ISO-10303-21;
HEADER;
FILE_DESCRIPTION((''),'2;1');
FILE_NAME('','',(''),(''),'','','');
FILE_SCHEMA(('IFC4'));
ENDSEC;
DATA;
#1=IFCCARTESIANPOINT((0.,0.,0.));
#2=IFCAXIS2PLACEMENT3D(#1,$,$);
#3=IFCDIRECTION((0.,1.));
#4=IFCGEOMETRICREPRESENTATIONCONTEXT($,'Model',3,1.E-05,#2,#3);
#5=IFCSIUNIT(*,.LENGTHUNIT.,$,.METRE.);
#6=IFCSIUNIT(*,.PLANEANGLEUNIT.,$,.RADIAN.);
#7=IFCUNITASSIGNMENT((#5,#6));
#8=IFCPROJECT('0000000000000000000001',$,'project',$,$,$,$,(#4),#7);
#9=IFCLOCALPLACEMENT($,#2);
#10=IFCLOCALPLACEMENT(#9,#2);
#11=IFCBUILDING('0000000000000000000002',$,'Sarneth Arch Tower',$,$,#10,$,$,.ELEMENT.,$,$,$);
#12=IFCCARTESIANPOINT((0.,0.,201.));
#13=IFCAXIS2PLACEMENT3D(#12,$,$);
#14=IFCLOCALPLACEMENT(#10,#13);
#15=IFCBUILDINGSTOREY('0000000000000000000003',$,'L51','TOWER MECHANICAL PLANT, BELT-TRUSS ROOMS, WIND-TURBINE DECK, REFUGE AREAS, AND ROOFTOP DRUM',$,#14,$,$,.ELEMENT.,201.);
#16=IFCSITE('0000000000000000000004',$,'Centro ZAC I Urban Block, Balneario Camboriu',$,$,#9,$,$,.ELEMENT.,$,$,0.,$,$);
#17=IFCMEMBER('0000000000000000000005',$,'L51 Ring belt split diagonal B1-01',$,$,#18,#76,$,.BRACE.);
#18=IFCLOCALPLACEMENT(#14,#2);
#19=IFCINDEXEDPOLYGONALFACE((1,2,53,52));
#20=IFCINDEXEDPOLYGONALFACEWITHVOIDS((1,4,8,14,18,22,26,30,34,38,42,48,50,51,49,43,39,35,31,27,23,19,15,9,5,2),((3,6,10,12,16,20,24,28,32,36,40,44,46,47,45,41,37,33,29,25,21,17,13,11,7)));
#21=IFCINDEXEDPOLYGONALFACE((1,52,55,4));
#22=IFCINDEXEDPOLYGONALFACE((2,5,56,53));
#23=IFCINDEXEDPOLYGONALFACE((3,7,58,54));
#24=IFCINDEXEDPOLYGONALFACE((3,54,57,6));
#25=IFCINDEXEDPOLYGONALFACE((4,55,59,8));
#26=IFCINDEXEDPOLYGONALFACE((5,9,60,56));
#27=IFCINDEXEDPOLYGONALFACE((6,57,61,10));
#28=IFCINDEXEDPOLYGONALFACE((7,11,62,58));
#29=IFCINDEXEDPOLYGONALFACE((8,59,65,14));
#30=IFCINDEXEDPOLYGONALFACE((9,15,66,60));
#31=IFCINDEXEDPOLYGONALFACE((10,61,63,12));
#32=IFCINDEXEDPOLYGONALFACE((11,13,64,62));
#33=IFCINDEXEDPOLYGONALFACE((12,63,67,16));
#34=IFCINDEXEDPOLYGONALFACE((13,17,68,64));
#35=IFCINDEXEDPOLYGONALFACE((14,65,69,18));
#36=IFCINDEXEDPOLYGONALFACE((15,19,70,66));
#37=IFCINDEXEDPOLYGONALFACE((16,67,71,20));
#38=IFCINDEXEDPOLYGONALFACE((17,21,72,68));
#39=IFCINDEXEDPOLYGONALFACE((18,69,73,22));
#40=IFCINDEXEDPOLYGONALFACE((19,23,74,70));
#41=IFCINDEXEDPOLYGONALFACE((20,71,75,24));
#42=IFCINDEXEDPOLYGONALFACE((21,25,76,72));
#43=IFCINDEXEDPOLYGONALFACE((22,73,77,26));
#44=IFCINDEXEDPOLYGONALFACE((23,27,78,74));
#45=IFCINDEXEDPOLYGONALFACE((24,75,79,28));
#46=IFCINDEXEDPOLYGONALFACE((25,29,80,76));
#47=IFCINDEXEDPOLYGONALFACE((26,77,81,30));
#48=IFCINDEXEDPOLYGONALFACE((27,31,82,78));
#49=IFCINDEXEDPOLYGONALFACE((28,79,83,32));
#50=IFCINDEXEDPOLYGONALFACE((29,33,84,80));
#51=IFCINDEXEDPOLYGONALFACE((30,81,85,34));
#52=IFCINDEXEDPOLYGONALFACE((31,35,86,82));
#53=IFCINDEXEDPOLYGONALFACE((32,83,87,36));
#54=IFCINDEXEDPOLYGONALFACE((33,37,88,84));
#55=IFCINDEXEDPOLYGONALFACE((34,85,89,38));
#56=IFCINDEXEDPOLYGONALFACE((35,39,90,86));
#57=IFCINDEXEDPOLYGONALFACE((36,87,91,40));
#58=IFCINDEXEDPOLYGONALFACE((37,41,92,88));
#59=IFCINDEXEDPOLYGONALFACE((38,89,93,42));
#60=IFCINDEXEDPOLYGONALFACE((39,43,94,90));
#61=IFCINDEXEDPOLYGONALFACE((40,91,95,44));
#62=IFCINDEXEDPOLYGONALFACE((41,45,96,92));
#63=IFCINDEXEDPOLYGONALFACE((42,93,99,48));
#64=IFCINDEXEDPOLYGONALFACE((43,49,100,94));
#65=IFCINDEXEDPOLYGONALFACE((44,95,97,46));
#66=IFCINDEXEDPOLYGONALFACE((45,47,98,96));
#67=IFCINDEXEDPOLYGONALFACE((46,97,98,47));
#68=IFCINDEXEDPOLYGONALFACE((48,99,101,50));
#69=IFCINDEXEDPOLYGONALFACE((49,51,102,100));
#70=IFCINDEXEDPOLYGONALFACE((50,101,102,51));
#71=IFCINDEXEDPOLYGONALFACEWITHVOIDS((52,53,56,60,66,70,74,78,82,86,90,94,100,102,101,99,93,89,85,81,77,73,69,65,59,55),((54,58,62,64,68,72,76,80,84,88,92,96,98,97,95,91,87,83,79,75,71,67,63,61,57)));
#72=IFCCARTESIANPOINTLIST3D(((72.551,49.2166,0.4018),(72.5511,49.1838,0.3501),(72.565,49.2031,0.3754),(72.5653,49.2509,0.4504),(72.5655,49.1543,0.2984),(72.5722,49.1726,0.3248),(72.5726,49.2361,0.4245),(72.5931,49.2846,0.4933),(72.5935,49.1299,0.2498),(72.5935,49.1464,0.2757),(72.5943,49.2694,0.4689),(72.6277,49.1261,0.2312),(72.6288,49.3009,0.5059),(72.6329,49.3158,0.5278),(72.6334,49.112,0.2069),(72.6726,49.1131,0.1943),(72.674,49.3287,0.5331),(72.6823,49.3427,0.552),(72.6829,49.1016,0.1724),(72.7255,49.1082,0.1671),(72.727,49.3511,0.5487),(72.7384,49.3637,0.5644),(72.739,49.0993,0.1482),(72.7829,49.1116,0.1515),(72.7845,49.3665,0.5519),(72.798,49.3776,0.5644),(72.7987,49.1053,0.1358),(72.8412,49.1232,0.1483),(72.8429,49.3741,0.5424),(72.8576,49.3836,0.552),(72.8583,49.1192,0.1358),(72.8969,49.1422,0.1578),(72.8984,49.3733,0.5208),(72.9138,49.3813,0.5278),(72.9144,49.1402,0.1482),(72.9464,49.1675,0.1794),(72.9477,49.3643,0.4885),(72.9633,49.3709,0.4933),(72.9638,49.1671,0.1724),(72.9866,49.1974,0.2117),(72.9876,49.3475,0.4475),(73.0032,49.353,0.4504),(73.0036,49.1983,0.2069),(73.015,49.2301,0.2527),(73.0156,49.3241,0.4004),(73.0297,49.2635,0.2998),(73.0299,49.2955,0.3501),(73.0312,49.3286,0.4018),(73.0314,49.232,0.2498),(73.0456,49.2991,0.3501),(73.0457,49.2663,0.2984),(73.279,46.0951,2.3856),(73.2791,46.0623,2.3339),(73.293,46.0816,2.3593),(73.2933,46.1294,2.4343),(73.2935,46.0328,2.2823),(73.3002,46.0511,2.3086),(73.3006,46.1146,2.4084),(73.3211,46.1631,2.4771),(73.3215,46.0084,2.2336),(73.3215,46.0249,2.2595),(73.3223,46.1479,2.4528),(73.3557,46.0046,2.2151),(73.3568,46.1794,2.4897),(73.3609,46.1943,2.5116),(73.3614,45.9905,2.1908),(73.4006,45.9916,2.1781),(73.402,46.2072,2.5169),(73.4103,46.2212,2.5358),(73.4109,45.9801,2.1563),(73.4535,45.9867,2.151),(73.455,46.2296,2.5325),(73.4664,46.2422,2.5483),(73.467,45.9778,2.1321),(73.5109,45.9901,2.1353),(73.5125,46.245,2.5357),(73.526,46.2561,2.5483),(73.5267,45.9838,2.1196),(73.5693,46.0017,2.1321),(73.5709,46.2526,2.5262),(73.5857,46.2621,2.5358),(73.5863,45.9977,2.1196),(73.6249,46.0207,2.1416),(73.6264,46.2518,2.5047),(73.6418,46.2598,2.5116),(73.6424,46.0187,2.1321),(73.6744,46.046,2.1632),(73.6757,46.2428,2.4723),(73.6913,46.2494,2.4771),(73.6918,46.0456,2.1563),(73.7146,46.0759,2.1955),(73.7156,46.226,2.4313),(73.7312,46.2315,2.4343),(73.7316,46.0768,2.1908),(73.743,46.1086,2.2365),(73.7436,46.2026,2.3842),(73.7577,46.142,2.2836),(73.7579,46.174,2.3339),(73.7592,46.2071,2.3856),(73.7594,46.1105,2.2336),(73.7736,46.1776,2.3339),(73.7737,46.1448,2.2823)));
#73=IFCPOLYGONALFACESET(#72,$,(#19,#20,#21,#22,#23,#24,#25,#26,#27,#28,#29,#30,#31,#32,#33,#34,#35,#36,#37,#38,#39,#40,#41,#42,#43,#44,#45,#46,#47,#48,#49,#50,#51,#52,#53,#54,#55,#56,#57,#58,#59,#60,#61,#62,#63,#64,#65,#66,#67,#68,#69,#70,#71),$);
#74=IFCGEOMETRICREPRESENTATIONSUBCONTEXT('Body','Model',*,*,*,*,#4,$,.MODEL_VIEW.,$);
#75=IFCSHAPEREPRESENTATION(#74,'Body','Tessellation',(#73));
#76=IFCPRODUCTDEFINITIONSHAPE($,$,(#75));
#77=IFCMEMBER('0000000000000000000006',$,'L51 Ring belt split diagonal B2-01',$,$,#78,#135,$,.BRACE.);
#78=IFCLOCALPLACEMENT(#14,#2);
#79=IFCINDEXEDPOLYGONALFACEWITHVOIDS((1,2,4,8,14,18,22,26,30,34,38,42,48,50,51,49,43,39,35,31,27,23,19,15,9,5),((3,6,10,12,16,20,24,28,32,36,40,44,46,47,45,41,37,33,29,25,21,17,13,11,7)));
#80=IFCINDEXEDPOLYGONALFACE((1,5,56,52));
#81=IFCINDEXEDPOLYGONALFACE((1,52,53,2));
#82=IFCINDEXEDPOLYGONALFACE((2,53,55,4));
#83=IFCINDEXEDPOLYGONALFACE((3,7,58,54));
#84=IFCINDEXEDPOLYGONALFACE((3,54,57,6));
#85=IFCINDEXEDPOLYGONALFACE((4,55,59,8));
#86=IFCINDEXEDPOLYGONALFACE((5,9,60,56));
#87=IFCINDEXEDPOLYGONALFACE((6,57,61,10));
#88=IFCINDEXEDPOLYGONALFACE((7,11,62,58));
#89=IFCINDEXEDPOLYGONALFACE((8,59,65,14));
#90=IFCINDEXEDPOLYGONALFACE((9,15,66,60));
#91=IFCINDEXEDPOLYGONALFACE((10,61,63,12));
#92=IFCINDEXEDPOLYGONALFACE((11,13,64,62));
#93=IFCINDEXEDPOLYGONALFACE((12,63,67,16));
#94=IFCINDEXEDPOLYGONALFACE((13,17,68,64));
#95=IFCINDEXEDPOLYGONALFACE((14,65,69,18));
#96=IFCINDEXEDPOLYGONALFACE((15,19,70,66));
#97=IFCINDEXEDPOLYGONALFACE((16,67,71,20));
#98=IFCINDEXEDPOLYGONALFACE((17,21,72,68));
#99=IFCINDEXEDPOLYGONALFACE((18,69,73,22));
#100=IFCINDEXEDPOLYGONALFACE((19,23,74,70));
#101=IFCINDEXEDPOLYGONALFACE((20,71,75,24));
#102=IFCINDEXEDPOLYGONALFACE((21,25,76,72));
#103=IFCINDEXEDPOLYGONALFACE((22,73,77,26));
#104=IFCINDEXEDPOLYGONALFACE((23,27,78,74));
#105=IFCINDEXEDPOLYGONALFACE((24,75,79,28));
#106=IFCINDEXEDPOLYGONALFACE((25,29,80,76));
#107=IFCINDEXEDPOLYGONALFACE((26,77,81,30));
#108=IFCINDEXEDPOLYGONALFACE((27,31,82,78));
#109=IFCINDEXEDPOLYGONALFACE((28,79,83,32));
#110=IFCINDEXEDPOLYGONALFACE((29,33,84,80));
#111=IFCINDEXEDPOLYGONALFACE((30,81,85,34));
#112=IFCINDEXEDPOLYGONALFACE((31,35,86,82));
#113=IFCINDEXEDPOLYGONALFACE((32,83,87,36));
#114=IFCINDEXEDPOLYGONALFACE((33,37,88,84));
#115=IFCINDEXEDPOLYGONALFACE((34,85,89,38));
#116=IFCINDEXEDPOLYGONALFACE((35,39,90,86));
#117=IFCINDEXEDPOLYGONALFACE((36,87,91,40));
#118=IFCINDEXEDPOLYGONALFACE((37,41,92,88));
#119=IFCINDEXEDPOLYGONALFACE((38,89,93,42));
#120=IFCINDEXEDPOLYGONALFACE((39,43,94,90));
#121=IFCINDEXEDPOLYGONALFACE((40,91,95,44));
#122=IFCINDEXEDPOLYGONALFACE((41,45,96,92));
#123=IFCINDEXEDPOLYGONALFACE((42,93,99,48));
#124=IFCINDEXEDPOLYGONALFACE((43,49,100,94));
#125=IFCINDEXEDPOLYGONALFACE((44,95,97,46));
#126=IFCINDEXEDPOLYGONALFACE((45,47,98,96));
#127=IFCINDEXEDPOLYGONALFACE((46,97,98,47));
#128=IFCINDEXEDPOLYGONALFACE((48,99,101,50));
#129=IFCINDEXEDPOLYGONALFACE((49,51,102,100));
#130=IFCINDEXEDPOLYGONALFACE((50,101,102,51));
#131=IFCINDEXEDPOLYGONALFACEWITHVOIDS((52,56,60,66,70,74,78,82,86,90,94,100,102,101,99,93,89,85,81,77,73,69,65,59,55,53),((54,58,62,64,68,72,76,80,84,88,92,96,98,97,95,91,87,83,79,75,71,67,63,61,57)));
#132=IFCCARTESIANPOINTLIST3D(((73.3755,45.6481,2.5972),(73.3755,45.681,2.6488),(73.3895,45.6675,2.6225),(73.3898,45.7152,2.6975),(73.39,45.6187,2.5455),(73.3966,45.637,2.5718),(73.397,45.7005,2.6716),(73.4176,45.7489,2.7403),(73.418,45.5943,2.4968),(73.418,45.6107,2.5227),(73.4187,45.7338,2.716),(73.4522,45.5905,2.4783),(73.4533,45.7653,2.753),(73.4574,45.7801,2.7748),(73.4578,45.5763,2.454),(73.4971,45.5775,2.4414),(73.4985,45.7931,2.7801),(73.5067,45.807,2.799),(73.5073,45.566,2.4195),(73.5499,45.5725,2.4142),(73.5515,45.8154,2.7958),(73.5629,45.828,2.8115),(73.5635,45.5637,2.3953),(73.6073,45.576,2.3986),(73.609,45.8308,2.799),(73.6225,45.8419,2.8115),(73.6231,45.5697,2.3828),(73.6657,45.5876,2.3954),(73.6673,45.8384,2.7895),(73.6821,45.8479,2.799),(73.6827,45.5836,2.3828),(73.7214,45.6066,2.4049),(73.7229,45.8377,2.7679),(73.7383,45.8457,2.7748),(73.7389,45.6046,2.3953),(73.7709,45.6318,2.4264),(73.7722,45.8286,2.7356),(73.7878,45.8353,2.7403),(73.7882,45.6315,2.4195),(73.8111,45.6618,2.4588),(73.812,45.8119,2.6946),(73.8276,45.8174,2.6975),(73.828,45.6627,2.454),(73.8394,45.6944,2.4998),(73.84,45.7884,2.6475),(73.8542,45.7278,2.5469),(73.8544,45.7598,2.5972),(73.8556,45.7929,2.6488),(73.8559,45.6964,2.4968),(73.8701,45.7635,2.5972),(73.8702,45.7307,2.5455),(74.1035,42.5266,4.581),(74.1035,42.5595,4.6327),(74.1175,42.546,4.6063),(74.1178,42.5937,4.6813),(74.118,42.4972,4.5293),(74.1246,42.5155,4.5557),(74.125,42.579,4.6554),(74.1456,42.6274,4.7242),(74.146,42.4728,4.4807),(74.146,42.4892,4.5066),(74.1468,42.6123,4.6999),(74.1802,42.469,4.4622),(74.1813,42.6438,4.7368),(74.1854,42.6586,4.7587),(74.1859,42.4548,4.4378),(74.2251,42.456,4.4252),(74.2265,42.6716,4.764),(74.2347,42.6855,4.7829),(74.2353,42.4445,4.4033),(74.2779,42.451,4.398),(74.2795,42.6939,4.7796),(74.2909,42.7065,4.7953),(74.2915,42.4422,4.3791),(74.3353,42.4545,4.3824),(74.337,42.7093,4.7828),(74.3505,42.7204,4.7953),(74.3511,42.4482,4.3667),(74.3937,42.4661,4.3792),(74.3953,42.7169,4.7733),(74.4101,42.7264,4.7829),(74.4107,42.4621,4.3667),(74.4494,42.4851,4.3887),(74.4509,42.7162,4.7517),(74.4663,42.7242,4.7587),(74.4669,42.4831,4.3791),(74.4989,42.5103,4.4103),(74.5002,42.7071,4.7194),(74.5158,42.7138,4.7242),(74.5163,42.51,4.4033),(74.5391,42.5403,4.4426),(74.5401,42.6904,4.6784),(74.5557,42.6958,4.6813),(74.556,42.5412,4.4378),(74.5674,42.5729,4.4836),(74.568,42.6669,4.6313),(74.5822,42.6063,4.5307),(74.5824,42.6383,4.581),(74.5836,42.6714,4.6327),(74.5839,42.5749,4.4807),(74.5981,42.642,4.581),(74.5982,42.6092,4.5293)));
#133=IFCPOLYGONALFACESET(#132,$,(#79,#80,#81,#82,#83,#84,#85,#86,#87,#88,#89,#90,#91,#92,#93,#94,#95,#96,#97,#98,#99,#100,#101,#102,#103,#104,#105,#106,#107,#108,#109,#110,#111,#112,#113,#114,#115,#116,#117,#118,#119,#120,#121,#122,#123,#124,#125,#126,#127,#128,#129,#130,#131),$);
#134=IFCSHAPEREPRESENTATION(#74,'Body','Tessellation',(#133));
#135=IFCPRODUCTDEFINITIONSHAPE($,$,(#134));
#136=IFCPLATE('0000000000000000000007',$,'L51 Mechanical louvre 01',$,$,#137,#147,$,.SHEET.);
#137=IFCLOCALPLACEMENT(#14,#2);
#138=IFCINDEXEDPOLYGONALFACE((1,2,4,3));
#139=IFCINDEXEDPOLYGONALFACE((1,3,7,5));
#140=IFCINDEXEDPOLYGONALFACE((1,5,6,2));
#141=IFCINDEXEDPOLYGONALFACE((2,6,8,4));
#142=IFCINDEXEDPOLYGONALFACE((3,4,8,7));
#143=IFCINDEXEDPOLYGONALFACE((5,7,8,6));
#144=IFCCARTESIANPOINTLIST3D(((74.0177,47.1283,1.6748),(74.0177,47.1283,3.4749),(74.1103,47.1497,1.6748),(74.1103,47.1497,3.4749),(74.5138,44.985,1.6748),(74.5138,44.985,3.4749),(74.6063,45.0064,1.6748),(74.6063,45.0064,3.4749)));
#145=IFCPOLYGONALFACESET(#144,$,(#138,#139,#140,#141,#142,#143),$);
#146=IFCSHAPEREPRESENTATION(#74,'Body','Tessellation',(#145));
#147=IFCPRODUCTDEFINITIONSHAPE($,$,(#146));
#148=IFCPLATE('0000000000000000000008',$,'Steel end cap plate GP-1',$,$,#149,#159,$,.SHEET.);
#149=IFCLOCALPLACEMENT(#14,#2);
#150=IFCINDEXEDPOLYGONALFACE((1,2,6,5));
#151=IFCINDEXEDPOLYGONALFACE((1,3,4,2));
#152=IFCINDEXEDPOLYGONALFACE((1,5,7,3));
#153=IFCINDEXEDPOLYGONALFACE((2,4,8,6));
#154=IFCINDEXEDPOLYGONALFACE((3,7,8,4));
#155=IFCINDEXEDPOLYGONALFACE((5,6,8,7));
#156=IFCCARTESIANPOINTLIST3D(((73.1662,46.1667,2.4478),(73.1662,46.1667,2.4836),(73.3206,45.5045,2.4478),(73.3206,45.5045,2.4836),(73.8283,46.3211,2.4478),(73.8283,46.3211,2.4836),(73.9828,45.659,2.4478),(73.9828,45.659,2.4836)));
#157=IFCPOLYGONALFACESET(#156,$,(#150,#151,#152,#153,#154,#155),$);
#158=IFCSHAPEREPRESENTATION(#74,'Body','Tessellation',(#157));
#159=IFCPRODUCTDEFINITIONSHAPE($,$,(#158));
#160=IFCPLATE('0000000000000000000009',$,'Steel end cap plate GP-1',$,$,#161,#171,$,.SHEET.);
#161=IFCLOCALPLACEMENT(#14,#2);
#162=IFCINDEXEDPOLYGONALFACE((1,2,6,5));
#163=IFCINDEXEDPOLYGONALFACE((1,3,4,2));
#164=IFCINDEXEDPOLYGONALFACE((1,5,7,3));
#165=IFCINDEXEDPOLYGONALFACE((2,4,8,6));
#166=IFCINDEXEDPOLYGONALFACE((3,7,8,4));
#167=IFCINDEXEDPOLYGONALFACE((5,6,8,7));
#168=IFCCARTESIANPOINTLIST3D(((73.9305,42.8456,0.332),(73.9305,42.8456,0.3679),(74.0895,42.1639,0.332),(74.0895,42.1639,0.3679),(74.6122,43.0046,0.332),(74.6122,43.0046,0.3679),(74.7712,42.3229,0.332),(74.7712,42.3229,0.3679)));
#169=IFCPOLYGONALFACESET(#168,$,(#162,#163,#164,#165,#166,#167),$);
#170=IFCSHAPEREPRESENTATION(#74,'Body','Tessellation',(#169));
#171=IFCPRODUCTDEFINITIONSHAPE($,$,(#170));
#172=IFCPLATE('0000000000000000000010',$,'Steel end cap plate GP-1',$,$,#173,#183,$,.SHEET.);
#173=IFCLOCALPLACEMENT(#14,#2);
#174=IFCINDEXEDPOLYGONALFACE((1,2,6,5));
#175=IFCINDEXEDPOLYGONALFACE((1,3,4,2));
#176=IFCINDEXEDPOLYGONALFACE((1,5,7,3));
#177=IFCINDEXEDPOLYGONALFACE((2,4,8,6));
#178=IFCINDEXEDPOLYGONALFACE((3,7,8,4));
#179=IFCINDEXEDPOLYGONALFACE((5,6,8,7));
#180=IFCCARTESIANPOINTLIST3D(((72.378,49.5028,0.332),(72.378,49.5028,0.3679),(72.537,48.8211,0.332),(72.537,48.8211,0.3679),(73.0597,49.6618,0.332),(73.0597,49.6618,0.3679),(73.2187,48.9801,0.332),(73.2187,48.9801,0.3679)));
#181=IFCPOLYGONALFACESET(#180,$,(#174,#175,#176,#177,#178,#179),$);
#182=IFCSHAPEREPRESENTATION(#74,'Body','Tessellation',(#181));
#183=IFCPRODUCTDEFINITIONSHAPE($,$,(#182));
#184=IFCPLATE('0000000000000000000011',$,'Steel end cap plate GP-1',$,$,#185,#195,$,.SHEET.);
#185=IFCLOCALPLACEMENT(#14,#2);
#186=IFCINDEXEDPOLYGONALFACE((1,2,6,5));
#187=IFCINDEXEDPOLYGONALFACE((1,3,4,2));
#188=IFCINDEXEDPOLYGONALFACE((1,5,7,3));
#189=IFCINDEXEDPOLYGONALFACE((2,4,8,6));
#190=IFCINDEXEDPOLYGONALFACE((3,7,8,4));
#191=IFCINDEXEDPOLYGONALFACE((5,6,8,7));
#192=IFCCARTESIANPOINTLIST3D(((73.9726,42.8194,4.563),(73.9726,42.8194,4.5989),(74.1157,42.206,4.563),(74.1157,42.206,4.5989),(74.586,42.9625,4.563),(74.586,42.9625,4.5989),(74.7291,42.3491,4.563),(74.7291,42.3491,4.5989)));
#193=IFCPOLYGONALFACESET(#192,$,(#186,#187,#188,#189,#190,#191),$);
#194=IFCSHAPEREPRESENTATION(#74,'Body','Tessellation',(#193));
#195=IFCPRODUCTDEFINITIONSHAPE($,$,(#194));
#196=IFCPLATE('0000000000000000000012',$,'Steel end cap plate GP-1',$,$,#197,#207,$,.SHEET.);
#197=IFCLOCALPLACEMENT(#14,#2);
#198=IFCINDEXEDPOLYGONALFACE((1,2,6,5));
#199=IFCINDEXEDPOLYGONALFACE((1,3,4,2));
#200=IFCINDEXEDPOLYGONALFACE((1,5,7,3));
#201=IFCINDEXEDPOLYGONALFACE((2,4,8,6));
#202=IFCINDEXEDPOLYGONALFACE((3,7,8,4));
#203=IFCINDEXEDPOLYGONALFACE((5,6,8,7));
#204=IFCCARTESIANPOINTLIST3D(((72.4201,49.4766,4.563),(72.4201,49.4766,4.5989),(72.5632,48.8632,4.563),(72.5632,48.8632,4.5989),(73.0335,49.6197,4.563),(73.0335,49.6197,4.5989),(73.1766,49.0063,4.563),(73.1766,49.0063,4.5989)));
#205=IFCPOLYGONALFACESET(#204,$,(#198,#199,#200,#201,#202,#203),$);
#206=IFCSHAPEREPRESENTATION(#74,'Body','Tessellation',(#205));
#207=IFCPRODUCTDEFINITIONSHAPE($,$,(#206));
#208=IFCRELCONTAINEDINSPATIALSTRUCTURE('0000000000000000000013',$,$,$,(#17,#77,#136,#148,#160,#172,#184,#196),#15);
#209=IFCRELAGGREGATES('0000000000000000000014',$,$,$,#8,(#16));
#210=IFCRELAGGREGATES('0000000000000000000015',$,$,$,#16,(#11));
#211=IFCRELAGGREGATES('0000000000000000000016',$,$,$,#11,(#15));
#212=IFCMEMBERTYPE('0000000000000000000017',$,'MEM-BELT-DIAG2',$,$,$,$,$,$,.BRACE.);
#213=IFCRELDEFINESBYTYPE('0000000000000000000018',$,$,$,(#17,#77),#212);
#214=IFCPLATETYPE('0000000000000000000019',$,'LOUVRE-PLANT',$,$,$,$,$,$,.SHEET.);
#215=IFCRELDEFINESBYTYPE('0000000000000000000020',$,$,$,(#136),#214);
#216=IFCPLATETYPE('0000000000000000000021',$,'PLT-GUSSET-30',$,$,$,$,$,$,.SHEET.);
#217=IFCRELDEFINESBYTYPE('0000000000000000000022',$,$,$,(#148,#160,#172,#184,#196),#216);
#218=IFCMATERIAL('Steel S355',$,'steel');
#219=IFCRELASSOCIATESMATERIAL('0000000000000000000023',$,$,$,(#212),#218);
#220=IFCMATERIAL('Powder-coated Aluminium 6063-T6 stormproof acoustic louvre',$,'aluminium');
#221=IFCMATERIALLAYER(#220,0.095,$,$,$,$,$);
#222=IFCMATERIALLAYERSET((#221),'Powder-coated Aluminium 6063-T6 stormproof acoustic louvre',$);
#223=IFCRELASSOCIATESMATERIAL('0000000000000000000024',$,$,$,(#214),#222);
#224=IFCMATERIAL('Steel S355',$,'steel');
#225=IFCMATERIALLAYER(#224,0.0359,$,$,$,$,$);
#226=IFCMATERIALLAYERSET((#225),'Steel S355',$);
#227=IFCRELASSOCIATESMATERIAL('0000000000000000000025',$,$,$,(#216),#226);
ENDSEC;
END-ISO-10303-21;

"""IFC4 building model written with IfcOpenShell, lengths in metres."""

from ifc_helpers import new_model, si_unit, direction, frame, origin, origin_2d, place, context, subcontext, project, spatial, rectangle, hollow_circle, extrude, material, layer, layer_set, material_profile, profile_set, type_object, element, save


model = new_model("IFC4")

# Units and contexts
model_context = context("Model", 3, precision=1e-05, world=origin(), true_north=direction((0.0, 1.0)))
body_context = subcontext(model_context, "Body", "Model", "MODEL_VIEW")
ifc_project = project(units=[si_unit("LENGTHUNIT", "METRE"), si_unit("PLANEANGLEUNIT", "RADIAN")], contexts=[model_context])

# Site, building, storey
site_placement = place(None, origin())
site = spatial("IfcSite", under=ifc_project, at=site_placement, Name="Centro ZAC I Urban Block, Balneario Camboriu", CompositionType="ELEMENT", RefElevation=0.0)
building_placement = place(site_placement, origin())
building = spatial("IfcBuilding", under=site, at=building_placement, Name="Sarneth Arch Tower", CompositionType="ELEMENT")
storey_placement = place(building_placement, frame((0.0, 0.0, 201.0)))
storey = spatial("IfcBuildingStorey", under=building, at=storey_placement, Name="L51", Description="TOWER MECHANICAL PLANT, BELT-TRUSS ROOMS, WIND-TURBINE DECK, REFUGE AREAS, AND ROOFTOP DRUM", CompositionType="ELEMENT", Elevation=201.0)

# Members
ifc_material_1 = material(Name="Steel S355", Category="steel")
ifc_material_profile_1 = material_profile(ifc_material_1, hollow_circle(Radius=0.2539, WallThickness=0.0161, at=origin_2d()), Name="CHS508x16")
ifc_profile_set_1 = profile_set([ifc_material_profile_1], Name="Steel S355")
member_type_1 = type_object("IfcMemberType", Name="MEM-BELT-DIAG2", PredefinedType="BRACE", material=ifc_profile_set_1)
for number, where, z_axis, x_axis, name in (
    (1, (72.7983, 49.2415, 0.3501), (0.19313, -0.828087, 0.526282), (0.973865, 0.227128, 0.0), "L51 Ring belt split diagonal B1-01"),
    (2, (73.6228, 45.7058, 2.5972), (0.19313, -0.828087, 0.526282), (0.973865, 0.227128, 0.0), "L51 Ring belt split diagonal B2-01"),
):
    element("IfcMember", number, at=place(storey_placement, frame(where, z_axis=z_axis, x_axis=x_axis)), inside=storey, type_object=member_type_1, Name=name, PredefinedType="BRACE", context=body_context, shape_type="SweptSolid", body=[
        extrude(hollow_circle(Radius=0.2539, WallThickness=0.0161, at=origin_2d()), origin(), (0.0, 0.0, 1.0), 3.7695),
    ])

# Plates
ifc_material_2 = material(Name="Powder-coated Aluminium 6063-T6 stormproof acoustic louvre", Category="aluminium")
ifc_layer_1 = layer(ifc_material_2, 0.095)
ifc_layer_set_1 = layer_set([ifc_layer_1], Name="Powder-coated Aluminium 6063-T6 stormproof acoustic louvre")
plate_type_1 = type_object("IfcPlateType", Name="LOUVRE-PLANT", PredefinedType="SHEET", material=ifc_layer_set_1)
plate_1_placement = place(storey_placement, frame((74.312, 46.0674, 1.6748), z_axis=(0.0, 0.0, 1.0), x_axis=(-0.225461, 0.974252, 0.0)))
element("IfcPlate", 3, at=plate_1_placement, inside=storey, type_object=plate_type_1, Name="L51 Mechanical louvre 01", PredefinedType="SHEET", context=body_context, shape_type="SweptSolid", body=[
    extrude(rectangle(XDim=2.2, YDim=0.095, at=origin_2d()), origin(), (0.0, 0.0, 1.0), 1.8),
])
ifc_material_3 = material(Name="Steel S355", Category="steel")
ifc_layer_2 = layer(ifc_material_3, 0.0359)
ifc_layer_set_2 = layer_set([ifc_layer_2], Name="Steel S355")
plate_type_2 = type_object("IfcPlateType", Name="PLT-GUSSET-30", PredefinedType="SHEET", material=ifc_layer_set_2)
plate_2_placement = place(storey_placement, frame((73.5745, 45.9128, 2.4478), z_axis=(0.0, 0.0, 1.0), x_axis=(-0.227161, 0.973857, 0.0)))
element("IfcPlate", 4, at=plate_2_placement, inside=storey, type_object=plate_type_2, Name="Steel end cap plate GP-1", PredefinedType="SHEET", context=body_context, shape_type="SweptSolid", body=[
    extrude(rectangle(XDim=0.6799, YDim=0.6799, at=origin_2d()), origin(), (0.0, 0.0, 1.0), 0.0359),
])
for number, where, z_axis, x_axis, name in (
    (5, (74.3508, 42.5842, 0.332), (0.0, 0.0, 1.0), (0.227161, -0.973857, 0.0), "Steel end cap plate GP-1"),
    (6, (72.7983, 49.2415, 0.332), (0.0, 0.0, 1.0), (-0.227161, 0.973857, 0.0), "Steel end cap plate GP-1"),
):
    element("IfcPlate", number, at=place(storey_placement, frame(where, z_axis=z_axis, x_axis=x_axis)), inside=storey, type_object=plate_type_2, Name=name, PredefinedType="SHEET", context=body_context, shape_type="SweptSolid", body=[
        extrude(rectangle(XDim=0.7, YDim=0.7, at=origin_2d()), origin(), (0.0, 0.0, 1.0), 0.0359),
    ])
for number, where, z_axis, x_axis, name in (
    (7, (74.3508, 42.5842, 4.563), (0.0, 0.0, 1.0), (0.227161, -0.973857, 0.0), "Steel end cap plate GP-1"),
    (8, (72.7983, 49.2415, 4.563), (0.0, 0.0, 1.0), (-0.227161, 0.973857, 0.0), "Steel end cap plate GP-1"),
):
    element("IfcPlate", number, at=place(storey_placement, frame(where, z_axis=z_axis, x_axis=x_axis)), inside=storey, type_object=plate_type_2, Name=name, PredefinedType="SHEET", context=body_context, shape_type="SweptSolid", body=[
        extrude(rectangle(XDim=0.6299, YDim=0.6299, at=origin_2d()), origin(), (0.0, 0.0, 1.0), 0.0359),
    ])

save(model, "model.ifc")
